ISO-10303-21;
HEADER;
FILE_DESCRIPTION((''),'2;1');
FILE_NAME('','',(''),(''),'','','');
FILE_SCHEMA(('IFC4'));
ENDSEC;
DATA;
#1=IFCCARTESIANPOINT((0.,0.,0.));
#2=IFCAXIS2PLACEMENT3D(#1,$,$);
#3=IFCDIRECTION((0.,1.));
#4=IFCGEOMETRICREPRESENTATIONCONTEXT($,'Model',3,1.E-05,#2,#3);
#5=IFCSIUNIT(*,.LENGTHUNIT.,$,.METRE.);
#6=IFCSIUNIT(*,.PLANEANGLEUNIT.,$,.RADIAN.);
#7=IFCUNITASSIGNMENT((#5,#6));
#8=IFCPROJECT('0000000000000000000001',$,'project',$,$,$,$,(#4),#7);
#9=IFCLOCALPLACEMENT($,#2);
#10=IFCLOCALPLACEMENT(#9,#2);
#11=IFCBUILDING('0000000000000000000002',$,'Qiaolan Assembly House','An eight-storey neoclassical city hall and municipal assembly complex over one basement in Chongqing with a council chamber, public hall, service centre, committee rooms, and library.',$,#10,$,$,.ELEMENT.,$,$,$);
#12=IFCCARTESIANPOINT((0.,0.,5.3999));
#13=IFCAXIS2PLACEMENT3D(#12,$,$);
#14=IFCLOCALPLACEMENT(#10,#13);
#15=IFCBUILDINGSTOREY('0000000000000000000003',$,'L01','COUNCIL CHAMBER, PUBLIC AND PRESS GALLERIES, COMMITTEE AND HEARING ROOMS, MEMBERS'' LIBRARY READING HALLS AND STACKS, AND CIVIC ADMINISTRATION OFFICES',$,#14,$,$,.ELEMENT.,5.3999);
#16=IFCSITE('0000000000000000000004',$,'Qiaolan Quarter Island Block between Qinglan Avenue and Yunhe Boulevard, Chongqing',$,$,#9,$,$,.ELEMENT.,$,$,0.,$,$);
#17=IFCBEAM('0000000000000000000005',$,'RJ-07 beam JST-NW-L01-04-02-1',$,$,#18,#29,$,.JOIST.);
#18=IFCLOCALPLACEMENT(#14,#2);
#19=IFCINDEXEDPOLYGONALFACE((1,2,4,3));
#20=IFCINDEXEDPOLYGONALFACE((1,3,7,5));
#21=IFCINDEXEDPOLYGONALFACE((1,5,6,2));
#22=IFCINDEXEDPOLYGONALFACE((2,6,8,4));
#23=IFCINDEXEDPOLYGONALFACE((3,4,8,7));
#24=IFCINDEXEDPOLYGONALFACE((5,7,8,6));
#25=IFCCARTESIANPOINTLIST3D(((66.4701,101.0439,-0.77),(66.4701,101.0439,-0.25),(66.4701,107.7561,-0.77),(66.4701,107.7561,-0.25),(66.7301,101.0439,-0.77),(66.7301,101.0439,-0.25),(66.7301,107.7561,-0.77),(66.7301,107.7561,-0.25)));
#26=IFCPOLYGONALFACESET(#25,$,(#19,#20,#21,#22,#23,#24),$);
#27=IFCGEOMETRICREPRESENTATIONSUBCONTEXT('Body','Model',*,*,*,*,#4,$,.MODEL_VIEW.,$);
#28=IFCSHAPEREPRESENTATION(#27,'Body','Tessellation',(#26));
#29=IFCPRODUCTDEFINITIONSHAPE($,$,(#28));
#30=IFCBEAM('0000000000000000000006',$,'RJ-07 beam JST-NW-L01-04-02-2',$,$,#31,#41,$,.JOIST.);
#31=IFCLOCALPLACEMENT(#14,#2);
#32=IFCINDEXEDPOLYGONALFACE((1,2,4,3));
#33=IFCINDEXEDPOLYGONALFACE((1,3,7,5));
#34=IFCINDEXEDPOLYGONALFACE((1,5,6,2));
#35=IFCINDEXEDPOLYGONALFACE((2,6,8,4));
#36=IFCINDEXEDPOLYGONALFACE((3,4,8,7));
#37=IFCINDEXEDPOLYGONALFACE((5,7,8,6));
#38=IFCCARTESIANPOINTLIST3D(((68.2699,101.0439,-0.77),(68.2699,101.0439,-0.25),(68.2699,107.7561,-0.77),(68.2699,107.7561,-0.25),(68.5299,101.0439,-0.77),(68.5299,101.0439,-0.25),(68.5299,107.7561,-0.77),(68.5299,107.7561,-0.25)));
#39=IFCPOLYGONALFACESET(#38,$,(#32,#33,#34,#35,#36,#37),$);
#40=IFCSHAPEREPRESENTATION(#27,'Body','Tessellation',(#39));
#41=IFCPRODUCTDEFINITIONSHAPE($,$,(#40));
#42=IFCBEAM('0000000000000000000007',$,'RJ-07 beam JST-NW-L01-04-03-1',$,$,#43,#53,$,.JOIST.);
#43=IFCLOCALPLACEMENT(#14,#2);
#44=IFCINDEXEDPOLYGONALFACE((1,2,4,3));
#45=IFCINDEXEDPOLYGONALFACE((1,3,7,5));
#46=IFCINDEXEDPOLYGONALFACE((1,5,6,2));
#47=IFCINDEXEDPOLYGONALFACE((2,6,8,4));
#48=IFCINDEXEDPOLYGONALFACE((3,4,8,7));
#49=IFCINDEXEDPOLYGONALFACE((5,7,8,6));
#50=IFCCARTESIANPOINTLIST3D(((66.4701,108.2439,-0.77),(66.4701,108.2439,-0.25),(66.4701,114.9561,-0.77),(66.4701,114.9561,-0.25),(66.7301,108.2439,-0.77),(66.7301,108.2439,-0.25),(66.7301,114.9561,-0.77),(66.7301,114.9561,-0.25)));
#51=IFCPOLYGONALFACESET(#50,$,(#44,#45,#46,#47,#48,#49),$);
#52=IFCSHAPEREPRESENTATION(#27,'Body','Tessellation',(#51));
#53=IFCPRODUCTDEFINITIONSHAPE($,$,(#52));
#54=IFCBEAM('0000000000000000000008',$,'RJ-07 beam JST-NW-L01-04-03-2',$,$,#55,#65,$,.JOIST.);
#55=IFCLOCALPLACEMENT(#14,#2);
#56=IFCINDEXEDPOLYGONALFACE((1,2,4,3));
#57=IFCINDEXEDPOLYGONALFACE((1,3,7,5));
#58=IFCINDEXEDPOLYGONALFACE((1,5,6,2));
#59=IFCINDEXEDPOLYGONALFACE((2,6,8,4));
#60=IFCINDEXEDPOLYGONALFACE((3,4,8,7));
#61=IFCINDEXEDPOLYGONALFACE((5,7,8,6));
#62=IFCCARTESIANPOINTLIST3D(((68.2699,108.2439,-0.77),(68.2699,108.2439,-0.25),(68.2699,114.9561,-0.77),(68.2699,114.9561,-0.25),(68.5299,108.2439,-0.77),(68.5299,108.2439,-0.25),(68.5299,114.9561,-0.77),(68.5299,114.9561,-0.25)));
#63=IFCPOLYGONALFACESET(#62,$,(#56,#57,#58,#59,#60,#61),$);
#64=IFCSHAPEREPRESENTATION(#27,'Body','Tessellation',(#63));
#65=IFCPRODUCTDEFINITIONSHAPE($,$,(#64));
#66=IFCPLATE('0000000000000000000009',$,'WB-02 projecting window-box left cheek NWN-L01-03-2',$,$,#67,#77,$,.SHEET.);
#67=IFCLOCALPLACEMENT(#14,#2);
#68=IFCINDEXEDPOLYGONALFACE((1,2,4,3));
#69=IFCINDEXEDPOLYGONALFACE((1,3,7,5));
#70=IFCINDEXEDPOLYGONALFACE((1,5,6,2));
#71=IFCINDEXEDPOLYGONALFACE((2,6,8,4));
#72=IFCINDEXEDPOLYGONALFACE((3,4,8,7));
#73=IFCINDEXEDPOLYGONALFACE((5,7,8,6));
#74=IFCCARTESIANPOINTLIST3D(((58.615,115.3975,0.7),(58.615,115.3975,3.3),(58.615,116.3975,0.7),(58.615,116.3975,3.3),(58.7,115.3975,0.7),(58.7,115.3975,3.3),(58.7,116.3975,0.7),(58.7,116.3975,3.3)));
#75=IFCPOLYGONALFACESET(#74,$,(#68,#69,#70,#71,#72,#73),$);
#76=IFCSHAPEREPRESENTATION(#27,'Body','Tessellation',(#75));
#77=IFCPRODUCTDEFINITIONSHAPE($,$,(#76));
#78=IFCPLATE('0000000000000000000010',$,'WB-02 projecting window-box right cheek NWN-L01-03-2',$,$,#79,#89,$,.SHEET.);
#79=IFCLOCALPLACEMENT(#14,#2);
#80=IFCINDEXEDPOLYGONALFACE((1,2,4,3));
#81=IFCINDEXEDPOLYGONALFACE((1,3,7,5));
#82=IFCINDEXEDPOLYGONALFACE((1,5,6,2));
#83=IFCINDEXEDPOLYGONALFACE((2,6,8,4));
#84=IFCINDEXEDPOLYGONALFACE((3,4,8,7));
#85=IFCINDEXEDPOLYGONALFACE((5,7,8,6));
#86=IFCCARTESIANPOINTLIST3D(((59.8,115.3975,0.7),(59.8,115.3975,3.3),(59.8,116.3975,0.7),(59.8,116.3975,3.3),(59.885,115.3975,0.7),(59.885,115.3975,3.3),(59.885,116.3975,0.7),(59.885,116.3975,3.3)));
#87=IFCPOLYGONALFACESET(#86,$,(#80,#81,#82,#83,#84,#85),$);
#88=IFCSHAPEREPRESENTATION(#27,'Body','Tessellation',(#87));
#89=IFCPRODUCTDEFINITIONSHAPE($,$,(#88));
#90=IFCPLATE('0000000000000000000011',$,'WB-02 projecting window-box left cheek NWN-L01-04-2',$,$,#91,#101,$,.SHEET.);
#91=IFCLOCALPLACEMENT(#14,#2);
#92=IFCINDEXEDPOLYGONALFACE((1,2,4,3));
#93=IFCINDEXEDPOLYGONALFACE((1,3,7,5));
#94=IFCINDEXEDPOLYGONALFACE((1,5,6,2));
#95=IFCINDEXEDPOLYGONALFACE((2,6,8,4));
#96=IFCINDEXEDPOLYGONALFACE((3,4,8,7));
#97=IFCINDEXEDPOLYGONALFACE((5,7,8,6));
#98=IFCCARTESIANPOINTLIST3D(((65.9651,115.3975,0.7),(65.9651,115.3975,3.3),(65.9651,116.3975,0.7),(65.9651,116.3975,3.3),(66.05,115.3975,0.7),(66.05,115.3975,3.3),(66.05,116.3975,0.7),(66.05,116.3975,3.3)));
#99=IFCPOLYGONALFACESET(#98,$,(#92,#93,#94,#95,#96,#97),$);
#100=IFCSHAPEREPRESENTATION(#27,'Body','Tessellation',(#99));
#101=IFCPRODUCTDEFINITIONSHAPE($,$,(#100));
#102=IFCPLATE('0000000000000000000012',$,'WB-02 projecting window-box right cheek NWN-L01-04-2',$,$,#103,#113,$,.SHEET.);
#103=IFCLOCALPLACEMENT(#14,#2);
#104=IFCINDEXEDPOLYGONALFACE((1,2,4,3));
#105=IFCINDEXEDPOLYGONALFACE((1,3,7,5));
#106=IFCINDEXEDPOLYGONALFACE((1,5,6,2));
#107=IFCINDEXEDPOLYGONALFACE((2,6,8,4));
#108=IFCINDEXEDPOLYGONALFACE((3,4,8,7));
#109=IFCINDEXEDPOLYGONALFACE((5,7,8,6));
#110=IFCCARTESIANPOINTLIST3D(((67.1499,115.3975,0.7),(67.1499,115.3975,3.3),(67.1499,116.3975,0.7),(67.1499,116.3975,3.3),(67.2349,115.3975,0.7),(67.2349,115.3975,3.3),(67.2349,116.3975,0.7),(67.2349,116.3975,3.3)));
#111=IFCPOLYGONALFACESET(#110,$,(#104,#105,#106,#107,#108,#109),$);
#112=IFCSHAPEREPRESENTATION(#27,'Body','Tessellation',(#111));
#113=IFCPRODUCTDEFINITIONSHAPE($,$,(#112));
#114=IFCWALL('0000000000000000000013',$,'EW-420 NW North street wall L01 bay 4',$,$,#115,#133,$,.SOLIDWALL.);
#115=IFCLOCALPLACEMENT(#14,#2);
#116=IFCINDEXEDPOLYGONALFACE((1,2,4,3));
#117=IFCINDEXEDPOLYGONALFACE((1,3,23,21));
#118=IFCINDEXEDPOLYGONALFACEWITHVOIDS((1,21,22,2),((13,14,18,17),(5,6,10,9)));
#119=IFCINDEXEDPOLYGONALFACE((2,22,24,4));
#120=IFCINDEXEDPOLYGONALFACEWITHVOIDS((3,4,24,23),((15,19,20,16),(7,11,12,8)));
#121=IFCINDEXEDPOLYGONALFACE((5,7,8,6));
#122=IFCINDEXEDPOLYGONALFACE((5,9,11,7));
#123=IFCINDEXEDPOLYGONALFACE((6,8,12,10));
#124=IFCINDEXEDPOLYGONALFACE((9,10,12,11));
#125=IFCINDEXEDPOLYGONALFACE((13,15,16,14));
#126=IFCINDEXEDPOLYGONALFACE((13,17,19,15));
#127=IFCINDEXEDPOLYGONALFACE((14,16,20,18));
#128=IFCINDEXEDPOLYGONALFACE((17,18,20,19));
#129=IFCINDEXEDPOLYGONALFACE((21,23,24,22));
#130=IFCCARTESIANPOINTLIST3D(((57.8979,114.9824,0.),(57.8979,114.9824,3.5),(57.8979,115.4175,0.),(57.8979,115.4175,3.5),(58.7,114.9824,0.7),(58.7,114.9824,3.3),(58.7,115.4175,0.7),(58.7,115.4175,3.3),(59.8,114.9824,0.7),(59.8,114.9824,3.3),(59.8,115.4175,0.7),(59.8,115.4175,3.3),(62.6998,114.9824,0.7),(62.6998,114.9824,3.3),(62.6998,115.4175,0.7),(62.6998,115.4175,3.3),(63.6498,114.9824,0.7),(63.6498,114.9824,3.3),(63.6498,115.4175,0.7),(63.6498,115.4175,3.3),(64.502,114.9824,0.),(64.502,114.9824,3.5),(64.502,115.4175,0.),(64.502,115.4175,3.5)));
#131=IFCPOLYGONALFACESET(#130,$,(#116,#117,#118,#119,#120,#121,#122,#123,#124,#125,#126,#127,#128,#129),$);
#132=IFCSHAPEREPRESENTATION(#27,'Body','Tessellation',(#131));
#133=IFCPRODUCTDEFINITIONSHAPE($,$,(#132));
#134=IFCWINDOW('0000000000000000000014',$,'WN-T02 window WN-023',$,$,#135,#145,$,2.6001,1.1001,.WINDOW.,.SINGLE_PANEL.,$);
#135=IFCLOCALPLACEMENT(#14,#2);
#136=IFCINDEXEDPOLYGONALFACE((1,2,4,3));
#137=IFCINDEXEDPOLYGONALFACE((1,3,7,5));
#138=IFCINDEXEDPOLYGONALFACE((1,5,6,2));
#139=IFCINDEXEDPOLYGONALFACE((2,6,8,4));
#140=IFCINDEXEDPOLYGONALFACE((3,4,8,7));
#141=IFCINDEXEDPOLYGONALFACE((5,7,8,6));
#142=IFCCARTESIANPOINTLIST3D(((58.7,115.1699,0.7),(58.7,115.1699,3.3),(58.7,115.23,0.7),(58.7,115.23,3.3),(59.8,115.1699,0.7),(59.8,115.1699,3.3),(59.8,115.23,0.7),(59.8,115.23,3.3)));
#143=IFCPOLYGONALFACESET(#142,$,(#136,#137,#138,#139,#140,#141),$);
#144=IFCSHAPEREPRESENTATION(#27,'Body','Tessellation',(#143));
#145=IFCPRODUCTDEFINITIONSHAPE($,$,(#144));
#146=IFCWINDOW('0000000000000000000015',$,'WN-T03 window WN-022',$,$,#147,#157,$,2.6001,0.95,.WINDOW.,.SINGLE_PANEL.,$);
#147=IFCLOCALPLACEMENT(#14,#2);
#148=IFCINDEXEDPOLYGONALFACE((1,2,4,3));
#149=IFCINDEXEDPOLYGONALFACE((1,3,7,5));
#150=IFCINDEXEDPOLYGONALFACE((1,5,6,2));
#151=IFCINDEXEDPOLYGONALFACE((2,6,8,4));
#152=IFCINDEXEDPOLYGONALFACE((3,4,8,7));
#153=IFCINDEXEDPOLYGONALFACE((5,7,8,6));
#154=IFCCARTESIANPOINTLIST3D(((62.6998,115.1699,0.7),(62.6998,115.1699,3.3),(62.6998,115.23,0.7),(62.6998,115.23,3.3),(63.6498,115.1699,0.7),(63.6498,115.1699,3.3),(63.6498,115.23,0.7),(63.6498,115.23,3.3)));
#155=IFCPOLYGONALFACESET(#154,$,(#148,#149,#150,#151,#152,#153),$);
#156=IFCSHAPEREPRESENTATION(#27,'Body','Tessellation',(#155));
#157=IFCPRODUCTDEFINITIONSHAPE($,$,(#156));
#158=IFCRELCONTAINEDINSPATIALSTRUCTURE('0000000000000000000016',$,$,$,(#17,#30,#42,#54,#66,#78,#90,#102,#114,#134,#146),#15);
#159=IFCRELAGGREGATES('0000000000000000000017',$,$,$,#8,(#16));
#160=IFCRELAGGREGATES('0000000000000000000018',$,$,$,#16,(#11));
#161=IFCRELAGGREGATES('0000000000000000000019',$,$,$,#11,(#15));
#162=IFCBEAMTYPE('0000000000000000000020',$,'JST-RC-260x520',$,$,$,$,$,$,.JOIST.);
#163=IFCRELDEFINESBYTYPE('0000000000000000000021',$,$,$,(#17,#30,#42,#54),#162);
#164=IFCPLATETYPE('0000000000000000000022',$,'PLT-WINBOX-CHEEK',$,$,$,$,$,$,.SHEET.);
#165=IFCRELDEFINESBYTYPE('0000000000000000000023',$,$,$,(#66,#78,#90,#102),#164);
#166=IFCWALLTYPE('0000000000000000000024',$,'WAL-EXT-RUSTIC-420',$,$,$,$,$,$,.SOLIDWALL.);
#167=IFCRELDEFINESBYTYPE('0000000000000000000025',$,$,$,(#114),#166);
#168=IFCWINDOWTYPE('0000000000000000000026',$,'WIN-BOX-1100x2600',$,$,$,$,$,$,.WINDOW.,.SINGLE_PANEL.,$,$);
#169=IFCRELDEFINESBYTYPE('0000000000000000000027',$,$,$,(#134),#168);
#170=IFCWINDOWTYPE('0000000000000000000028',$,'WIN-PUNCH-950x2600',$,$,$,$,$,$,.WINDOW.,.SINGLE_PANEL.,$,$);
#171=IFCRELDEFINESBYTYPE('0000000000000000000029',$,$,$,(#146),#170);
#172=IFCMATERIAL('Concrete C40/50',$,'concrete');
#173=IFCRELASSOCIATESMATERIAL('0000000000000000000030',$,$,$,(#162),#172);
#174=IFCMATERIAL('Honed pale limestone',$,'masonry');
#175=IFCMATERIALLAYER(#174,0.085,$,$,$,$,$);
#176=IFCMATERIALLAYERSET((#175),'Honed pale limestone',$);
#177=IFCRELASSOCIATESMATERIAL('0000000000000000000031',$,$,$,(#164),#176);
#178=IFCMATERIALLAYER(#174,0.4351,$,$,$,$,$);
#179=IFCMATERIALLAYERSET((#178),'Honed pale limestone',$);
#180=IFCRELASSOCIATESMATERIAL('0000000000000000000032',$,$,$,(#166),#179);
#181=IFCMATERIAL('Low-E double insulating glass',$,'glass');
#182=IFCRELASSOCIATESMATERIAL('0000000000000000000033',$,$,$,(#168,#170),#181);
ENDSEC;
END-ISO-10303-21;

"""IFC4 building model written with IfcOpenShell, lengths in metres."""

from ifc_helpers import new_model, si_unit, direction, frame, frame_2d, origin, origin_2d, place, context, subcontext, project, spatial, rectangle, extrude, material, layer, layer_set, material_profile, profile_set, type_object, element, fill, save


model = new_model("IFC4")

# Units and contexts
model_context = context("Model", 3, precision=1e-05, world=origin(), true_north=direction((0.0, 1.0)))
body_context = subcontext(model_context, "Body", "Model", "MODEL_VIEW")
ifc_project = project(units=[si_unit("LENGTHUNIT", "METRE"), si_unit("PLANEANGLEUNIT", "RADIAN")], contexts=[model_context])

# Site, building, storey
site_placement = place(None, origin())
site = spatial("IfcSite", under=ifc_project, at=site_placement, Name="Qiaolan Quarter Island Block between Qinglan Avenue and Yunhe Boulevard, Chongqing", CompositionType="ELEMENT", RefElevation=0.0)
building_placement = place(site_placement, origin())
building = spatial("IfcBuilding", under=site, at=building_placement, Name="Qiaolan Assembly House", Description="An eight-storey neoclassical city hall and municipal assembly complex over one basement in Chongqing with a council chamber, public hall, service centre, committee rooms, and library.", CompositionType="ELEMENT")
storey_placement = place(building_placement, frame((0.0, 0.0, 5.3999)))
storey = spatial("IfcBuildingStorey", under=building, at=storey_placement, Name="L01", Description="COUNCIL CHAMBER, PUBLIC AND PRESS GALLERIES, COMMITTEE AND HEARING ROOMS, MEMBERS' LIBRARY READING HALLS AND STACKS, AND CIVIC ADMINISTRATION OFFICES", CompositionType="ELEMENT", Elevation=5.3999)

# Beams
ifc_material_1 = material(Name="Concrete C40/50", Category="concrete")
ifc_material_profile_1 = material_profile(ifc_material_1, rectangle(XDim=0.26, YDim=0.52, at=origin_2d()), Name="RCB 260x520")
ifc_profile_set_1 = profile_set([ifc_material_profile_1], Name="Concrete C40/50")
beam_type_1 = type_object("IfcBeamType", Name="JST-RC-260x520", PredefinedType="JOIST", material=ifc_profile_set_1)
for number, where, z_axis, x_axis, name in (
    (1, (66.6001, 101.0439, -0.51), (0.0, 1.0, 0.0), (-1.0, 0.0, 0.0), "RJ-07 beam JST-NW-L01-04-02-1"),
    (2, (68.3999, 101.0439, -0.51), (0.0, 1.0, 0.0), (-1.0, 0.0, 0.0), "RJ-07 beam JST-NW-L01-04-02-2"),
    (3, (66.6001, 108.2439, -0.51), (0.0, 1.0, 0.0), (-1.0, 0.0, 0.0), "RJ-07 beam JST-NW-L01-04-03-1"),
    (4, (68.3999, 108.2439, -0.51), (0.0, 1.0, 0.0), (-1.0, 0.0, 0.0), "RJ-07 beam JST-NW-L01-04-03-2"),
):
    element("IfcBeam", number, at=place(storey_placement, frame(where, z_axis=z_axis, x_axis=x_axis)), inside=storey, type_object=beam_type_1, Name=name, PredefinedType="JOIST", context=body_context, shape_type="SweptSolid", body=[
        extrude(rectangle(XDim=0.26, YDim=0.52, at=origin_2d()), origin(), (0.0, 0.0, 1.0), 6.7122),
    ])

# Plates
ifc_material_2 = material(Name="Honed pale limestone", Category="masonry")
ifc_layer_1 = layer(ifc_material_2, 0.085)
ifc_layer_set_1 = layer_set([ifc_layer_1], Name="Honed pale limestone")
plate_type = type_object("IfcPlateType", Name="PLT-WINBOX-CHEEK", PredefinedType="SHEET", material=ifc_layer_set_1)
for number, where, z_axis, x_axis, name in (
    (5, (58.6575, 115.8975, 0.7), (0.0, 0.0, 1.0), (1.0, 0.0, 0.0), "WB-02 projecting window-box left cheek NWN-L01-03-2"),
    (6, (59.8425, 115.8975, 0.7), (0.0, 0.0, 1.0), (1.0, 0.0, 0.0), "WB-02 projecting window-box right cheek NWN-L01-03-2"),
    (7, (66.0076, 115.8975, 0.7), (0.0, 0.0, 1.0), (1.0, 0.0, 0.0), "WB-02 projecting window-box left cheek NWN-L01-04-2"),
    (8, (67.1924, 115.8975, 0.7), (0.0, 0.0, 1.0), (1.0, 0.0, 0.0), "WB-02 projecting window-box right cheek NWN-L01-04-2"),
):
    element("IfcPlate", number, at=place(storey_placement, frame(where, z_axis=z_axis, x_axis=x_axis)), inside=storey, type_object=plate_type, Name=name, PredefinedType="SHEET", context=body_context, shape_type="SweptSolid", body=[
        extrude(rectangle(XDim=0.085, YDim=1.0, at=origin_2d()), origin(), (0.0, 0.0, 1.0), 2.6001),
    ])

# Wall, openings, windows
ifc_layer_2 = layer(ifc_material_2, 0.4351)
ifc_layer_set_2 = layer_set([ifc_layer_2], Name="Honed pale limestone")
wall_type = type_object("IfcWallType", Name="WAL-EXT-RUSTIC-420", PredefinedType="SOLIDWALL", material=ifc_layer_set_2)
wall_placement = place(storey_placement, frame((64.502, 115.2, 0.0), z_axis=(0.0, 0.0, 1.0), x_axis=(-1.0, 0.0, 0.0)))
wall = element("IfcWall", 9, at=wall_placement, inside=storey, type_object=wall_type, Name="EW-420 NW North street wall L01 bay 4", PredefinedType="SOLIDWALL", context=body_context, shape_type="SweptSolid", body=[
    extrude(rectangle(XDim=6.604, YDim=0.4351, at=frame_2d((3.302, 0.0))), origin(), (0.0, 0.0, 1.0), 3.5),
])
opening_1_placement = place(wall_placement, frame((0.8521, 0.0, 0.7)))
opening_1 = element("IfcOpeningElement", 10, at=opening_1_placement, cuts=wall, PredefinedType="OPENING", context=body_context, shape_type="SweptSolid", body=[
    extrude(rectangle(XDim=0.95, YDim=2.6001, at=frame_2d((0.4751, 1.3))), frame((0.0, 0.2275, 0.0), z_axis=(0.0, -1.0, 0.0), x_axis=(1.0, 0.0, 0.0)), (0.0, 0.0, 1.0), 0.4551),
])
opening_2_placement = place(wall_placement, frame((4.7019, 0.0, 0.7)))
opening_2 = element("IfcOpeningElement", 11, at=opening_2_placement, cuts=wall, PredefinedType="OPENING", context=body_context, shape_type="SweptSolid", body=[
    extrude(rectangle(XDim=1.1001, YDim=2.6001, at=frame_2d((0.55, 1.3))), frame((0.0, 0.2275, 0.0), z_axis=(0.0, -1.0, 0.0), x_axis=(1.0, 0.0, 0.0)), (0.0, 0.0, 1.0), 0.4551),
])
ifc_material_3 = material(Name="Low-E double insulating glass", Category="glass")
window_type_1 = type_object("IfcWindowType", Name="WIN-BOX-1100x2600", PartitioningType="SINGLE_PANEL", PredefinedType="WINDOW", material=ifc_material_3)
window_1_placement = place(opening_2_placement, origin())
window_1 = element("IfcWindow", 12, at=window_1_placement, inside=storey, type_object=window_type_1, Name="WN-T02 window WN-023", OverallHeight=2.6001, OverallWidth=1.1001, PartitioningType="SINGLE_PANEL", PredefinedType="WINDOW", context=body_context, shape_type="SweptSolid", body=[
    extrude(rectangle(XDim=1.1001, YDim=2.6001, at=frame_2d((0.55, 1.3))), frame((0.0, 0.03, 0.0), z_axis=(0.0, -1.0, 0.0), x_axis=(1.0, 0.0, 0.0)), (0.0, 0.0, 1.0), 0.0601),
])
fill(opening_2, window_1)
window_type_2 = type_object("IfcWindowType", Name="WIN-PUNCH-950x2600", PartitioningType="SINGLE_PANEL", PredefinedType="WINDOW", material=ifc_material_3)
window_2_placement = place(opening_1_placement, origin())
window_2 = element("IfcWindow", 13, at=window_2_placement, inside=storey, type_object=window_type_2, Name="WN-T03 window WN-022", OverallHeight=2.6001, OverallWidth=0.95, PartitioningType="SINGLE_PANEL", PredefinedType="WINDOW", context=body_context, shape_type="SweptSolid", body=[
    extrude(rectangle(XDim=0.95, YDim=2.6001, at=frame_2d((0.4751, 1.3))), frame((0.0, 0.03, 0.0), z_axis=(0.0, -1.0, 0.0), x_axis=(1.0, 0.0, 0.0)), (0.0, 0.0, 1.0), 0.0601),
])
fill(opening_1, window_2)

save(model, "model.ifc")
